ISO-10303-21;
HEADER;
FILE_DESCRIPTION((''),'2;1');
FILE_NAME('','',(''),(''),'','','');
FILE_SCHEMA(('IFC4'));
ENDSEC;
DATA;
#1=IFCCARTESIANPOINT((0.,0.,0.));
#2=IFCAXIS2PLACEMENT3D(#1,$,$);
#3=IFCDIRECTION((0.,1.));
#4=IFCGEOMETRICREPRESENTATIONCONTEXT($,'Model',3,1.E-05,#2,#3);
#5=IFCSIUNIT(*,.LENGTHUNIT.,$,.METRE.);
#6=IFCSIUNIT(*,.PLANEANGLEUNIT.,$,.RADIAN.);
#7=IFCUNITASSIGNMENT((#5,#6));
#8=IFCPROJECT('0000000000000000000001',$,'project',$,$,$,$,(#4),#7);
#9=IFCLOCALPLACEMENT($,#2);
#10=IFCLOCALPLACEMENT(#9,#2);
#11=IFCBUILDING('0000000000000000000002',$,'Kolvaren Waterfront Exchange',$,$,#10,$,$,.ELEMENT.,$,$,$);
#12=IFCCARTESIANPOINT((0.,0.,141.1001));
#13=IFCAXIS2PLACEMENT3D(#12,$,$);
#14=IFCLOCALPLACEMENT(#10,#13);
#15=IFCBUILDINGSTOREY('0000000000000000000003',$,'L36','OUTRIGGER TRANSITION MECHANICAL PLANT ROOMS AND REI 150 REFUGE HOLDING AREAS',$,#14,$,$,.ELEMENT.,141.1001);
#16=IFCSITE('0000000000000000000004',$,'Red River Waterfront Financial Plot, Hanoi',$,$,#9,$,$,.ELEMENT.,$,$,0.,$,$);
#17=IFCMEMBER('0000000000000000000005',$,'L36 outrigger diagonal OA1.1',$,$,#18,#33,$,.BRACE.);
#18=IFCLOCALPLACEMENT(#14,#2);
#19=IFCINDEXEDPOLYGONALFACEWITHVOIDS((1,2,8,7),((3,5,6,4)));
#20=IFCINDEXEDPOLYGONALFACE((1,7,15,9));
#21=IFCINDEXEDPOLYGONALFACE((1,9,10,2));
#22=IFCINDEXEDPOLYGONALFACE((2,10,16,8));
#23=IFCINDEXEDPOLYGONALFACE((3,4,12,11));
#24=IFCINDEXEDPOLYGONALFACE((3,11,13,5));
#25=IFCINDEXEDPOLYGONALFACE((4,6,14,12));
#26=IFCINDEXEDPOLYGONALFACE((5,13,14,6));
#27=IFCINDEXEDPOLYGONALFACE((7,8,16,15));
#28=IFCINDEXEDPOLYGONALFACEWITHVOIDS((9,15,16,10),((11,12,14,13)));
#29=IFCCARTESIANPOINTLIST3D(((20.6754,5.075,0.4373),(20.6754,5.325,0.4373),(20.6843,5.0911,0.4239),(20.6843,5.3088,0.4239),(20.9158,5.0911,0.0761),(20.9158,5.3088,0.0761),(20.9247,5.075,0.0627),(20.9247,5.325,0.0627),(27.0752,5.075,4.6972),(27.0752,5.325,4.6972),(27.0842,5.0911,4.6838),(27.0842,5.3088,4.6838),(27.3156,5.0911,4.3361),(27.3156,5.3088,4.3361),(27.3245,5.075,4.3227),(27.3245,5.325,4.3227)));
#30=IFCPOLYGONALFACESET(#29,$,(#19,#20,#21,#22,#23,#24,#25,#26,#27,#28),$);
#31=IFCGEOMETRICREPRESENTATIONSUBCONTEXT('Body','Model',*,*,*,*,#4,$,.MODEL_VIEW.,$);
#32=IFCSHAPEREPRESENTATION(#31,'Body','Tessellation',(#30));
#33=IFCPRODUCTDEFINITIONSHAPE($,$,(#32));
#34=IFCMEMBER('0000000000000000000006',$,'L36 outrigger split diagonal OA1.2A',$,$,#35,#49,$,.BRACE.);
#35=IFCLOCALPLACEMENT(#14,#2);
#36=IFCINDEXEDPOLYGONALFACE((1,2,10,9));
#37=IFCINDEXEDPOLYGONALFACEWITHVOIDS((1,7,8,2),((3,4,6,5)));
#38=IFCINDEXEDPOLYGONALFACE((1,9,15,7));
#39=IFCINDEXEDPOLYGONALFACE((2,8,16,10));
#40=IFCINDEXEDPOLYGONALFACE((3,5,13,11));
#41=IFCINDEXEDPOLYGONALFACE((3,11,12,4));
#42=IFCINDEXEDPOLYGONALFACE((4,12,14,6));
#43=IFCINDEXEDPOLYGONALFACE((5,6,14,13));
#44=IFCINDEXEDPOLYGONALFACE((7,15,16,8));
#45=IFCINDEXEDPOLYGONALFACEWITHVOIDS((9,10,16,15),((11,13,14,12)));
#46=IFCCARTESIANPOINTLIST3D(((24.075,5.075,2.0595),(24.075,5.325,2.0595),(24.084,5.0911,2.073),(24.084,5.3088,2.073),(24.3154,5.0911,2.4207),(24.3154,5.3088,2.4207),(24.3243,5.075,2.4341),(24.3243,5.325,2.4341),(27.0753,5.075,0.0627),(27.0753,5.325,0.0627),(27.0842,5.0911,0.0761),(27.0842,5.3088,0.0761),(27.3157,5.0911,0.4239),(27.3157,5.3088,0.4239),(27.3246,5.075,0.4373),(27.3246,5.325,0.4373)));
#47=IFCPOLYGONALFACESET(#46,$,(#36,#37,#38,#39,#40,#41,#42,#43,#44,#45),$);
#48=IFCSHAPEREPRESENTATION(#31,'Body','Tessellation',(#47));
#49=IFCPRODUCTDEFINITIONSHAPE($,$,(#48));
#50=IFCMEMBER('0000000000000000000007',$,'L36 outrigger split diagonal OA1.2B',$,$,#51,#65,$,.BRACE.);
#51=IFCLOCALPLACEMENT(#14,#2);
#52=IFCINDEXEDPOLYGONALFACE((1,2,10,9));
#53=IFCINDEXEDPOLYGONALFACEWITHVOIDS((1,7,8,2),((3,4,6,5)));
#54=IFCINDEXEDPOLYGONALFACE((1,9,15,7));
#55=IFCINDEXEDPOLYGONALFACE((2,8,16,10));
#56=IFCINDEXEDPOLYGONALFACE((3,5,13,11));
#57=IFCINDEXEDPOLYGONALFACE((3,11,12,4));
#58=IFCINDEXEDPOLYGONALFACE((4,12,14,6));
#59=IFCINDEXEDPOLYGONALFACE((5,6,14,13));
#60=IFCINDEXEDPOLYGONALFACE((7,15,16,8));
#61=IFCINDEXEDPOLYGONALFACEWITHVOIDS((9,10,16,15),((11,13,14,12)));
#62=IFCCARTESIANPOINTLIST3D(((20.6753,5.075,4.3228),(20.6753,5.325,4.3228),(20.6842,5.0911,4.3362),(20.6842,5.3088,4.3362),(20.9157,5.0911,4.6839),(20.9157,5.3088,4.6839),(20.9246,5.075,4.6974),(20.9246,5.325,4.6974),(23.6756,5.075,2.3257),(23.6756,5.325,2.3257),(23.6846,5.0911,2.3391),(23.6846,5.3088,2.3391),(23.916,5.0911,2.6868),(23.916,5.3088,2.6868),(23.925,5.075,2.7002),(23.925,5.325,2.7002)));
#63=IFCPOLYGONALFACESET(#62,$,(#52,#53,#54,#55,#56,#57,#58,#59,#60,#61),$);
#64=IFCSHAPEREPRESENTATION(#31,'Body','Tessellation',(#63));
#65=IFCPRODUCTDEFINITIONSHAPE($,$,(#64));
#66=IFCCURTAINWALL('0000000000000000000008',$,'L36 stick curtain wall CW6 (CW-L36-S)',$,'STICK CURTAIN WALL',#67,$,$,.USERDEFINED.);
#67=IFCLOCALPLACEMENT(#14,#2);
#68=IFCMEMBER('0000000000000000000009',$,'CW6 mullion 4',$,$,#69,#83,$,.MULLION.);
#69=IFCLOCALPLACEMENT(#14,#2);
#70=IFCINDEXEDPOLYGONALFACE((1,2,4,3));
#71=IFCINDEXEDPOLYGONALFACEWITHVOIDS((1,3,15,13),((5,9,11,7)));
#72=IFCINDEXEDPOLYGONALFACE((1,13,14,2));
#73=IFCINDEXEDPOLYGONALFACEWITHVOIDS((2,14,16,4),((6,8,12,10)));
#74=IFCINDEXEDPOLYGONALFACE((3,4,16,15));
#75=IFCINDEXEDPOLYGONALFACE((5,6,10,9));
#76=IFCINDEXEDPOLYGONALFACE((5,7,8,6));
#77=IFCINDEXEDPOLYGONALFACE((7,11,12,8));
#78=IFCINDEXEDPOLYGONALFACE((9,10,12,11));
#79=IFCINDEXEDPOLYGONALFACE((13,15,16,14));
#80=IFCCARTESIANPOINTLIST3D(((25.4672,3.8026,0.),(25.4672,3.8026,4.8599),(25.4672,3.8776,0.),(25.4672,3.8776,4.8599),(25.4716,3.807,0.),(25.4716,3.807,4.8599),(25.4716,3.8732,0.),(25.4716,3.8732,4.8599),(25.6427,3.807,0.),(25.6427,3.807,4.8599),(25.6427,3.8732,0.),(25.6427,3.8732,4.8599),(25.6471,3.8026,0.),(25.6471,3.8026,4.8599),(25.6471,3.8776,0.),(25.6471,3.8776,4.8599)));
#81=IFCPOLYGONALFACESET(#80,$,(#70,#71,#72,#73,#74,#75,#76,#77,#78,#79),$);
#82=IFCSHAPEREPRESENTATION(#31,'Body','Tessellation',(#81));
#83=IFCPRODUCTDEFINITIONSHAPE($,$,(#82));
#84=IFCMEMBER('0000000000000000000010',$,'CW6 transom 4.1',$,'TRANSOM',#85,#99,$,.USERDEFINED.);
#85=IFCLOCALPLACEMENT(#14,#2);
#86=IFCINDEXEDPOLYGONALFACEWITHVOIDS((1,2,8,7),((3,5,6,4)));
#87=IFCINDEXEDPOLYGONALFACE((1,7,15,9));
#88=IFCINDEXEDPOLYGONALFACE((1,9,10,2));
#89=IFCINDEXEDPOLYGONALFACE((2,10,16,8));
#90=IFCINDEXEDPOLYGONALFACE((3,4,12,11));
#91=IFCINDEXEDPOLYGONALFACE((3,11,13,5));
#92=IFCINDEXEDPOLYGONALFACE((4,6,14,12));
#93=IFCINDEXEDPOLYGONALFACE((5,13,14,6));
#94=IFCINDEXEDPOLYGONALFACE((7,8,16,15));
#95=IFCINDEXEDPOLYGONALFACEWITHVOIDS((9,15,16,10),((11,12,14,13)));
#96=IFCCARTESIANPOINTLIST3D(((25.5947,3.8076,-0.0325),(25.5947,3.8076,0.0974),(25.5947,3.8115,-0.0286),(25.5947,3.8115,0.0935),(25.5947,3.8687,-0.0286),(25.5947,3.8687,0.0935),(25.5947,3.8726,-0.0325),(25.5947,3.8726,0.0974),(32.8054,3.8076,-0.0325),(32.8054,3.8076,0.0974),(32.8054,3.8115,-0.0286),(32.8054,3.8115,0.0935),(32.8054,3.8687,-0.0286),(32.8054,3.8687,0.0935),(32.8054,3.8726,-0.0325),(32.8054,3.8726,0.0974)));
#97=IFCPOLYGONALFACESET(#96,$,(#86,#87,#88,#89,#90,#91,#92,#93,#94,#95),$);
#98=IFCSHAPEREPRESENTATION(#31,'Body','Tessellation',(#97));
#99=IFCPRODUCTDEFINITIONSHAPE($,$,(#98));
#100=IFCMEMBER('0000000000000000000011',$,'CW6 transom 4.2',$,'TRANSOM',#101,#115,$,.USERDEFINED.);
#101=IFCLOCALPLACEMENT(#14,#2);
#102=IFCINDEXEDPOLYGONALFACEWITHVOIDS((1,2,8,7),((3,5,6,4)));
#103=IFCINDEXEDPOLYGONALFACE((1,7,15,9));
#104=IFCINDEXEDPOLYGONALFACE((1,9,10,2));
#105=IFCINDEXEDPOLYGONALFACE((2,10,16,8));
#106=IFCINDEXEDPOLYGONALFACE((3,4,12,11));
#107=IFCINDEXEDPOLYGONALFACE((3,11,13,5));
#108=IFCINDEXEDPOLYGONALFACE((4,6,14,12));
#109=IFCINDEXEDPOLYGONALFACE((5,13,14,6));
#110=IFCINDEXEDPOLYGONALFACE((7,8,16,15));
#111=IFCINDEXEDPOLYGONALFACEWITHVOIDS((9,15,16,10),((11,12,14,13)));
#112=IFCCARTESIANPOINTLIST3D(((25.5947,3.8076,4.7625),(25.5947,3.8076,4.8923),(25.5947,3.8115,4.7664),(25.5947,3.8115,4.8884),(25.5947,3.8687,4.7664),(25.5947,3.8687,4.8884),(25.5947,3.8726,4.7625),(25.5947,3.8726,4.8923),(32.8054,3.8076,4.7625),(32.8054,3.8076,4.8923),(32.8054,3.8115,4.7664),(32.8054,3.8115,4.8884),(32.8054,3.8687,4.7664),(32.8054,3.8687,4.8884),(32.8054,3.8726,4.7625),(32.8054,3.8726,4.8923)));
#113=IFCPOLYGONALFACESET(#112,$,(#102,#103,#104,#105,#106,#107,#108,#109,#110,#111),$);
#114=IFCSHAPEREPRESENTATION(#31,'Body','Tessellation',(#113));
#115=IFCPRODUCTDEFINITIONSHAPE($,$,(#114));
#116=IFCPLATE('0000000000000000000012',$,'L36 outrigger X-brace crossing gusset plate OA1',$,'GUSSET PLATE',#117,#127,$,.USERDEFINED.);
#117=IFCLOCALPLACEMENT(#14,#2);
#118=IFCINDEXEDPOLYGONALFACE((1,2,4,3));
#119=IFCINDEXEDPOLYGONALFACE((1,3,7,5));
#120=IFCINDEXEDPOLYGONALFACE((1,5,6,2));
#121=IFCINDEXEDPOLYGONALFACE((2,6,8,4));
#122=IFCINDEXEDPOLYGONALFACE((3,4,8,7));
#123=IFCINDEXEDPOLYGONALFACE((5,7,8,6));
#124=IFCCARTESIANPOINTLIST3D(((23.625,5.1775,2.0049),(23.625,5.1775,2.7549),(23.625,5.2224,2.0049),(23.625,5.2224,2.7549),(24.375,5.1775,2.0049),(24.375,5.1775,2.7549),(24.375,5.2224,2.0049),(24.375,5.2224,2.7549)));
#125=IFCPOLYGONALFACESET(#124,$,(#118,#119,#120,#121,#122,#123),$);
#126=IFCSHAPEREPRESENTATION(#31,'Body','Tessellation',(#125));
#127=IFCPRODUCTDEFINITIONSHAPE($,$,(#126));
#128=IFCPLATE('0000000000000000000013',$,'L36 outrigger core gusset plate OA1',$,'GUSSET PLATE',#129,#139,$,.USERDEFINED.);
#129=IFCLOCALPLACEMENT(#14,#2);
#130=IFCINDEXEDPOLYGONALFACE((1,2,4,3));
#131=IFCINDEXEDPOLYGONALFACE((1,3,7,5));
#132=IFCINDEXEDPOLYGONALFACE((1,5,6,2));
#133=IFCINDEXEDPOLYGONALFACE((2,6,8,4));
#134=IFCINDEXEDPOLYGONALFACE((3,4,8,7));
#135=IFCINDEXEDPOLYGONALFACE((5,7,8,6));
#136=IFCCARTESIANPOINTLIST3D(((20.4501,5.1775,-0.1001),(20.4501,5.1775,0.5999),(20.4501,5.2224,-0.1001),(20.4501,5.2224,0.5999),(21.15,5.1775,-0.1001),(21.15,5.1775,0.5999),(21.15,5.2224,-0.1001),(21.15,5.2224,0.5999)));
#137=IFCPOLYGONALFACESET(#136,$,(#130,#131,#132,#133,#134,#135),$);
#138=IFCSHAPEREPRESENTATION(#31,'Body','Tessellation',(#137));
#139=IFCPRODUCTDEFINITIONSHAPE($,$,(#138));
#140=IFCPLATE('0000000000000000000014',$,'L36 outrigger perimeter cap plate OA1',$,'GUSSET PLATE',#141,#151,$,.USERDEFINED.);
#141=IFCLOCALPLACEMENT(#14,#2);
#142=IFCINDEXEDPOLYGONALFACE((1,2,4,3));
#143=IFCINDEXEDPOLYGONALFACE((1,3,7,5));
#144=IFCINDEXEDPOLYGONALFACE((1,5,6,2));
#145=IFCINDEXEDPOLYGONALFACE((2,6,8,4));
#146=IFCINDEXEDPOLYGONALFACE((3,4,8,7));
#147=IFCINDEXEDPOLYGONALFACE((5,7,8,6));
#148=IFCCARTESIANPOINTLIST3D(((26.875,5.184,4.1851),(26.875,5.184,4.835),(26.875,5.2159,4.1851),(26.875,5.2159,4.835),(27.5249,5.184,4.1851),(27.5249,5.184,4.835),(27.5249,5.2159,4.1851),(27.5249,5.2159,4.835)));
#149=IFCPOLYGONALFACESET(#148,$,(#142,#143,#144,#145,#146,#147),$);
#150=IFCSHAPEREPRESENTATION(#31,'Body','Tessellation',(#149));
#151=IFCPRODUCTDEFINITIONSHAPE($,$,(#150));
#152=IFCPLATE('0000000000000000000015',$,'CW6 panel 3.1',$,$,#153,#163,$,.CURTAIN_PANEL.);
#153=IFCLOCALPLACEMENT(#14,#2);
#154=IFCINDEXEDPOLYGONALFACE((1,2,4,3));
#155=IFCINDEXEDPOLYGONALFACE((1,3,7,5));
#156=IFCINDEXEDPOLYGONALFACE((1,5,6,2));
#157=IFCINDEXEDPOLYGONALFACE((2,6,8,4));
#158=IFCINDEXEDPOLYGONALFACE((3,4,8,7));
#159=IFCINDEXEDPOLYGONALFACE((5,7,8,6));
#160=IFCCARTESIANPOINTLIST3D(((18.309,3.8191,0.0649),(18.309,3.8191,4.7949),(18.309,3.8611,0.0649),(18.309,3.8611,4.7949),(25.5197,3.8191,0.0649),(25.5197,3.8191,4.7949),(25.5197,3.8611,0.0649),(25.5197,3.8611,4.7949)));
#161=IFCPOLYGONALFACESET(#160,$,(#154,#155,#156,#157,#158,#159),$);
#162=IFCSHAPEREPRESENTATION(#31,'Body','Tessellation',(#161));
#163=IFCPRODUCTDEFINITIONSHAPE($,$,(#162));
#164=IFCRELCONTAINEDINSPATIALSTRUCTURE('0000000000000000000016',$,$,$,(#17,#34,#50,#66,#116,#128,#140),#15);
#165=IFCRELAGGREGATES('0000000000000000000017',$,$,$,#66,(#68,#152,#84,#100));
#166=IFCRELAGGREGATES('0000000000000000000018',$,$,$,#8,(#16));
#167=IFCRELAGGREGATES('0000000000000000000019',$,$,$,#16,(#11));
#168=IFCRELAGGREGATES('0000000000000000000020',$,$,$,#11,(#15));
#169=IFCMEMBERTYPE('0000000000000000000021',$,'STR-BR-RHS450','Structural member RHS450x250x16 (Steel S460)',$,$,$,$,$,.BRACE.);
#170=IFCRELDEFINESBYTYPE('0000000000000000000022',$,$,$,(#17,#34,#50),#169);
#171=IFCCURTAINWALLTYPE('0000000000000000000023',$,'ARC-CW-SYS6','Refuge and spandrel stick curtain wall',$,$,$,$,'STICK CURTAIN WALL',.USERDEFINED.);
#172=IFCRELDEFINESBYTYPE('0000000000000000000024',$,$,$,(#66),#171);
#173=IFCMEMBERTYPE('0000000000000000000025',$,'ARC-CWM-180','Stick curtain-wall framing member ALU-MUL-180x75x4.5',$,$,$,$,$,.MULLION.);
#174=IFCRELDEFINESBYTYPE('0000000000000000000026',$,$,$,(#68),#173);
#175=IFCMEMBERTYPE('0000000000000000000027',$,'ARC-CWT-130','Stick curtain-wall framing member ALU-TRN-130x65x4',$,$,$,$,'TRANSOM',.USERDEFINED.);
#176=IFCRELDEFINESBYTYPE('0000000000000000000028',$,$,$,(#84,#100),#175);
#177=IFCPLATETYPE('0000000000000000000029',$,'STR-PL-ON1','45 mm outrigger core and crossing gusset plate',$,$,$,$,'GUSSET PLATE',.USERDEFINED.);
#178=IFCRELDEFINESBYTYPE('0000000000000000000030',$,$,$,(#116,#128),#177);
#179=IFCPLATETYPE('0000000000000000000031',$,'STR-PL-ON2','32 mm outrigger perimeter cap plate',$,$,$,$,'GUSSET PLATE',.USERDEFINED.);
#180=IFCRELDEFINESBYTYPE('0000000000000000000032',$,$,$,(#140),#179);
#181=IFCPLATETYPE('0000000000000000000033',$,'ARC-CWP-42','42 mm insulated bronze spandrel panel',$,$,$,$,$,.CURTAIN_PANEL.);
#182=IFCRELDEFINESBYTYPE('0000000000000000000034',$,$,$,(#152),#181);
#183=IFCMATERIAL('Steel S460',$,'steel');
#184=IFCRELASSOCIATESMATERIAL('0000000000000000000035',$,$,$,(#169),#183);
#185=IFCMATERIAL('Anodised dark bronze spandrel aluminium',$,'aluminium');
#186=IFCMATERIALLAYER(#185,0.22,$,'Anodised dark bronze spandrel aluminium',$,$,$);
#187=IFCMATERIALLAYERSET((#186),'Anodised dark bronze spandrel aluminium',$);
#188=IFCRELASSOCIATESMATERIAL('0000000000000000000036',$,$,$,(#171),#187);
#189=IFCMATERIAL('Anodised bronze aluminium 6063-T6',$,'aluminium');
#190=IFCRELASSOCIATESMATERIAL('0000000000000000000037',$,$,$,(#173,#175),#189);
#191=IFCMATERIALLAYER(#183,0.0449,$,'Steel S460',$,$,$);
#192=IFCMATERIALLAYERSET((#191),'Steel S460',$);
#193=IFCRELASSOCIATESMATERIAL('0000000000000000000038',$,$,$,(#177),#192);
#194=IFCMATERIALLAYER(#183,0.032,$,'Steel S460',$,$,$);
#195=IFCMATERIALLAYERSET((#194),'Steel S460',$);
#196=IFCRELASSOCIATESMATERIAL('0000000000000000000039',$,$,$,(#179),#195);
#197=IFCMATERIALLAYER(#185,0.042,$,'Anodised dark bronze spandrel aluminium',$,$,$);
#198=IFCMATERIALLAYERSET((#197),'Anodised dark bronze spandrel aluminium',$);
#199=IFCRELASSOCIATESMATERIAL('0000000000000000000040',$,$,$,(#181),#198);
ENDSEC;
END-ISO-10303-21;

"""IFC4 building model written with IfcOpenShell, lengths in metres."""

from ifc_helpers import new_model, si_unit, direction, frame, origin, origin_with_axes, origin_2d, place, context, subcontext, project, spatial, rectangle, hollow_rectangle, extrude, source, transform, mapped, material, layer, layer_set, material_profile, profile_set, type_object, element, aggregate, save


model = new_model("IFC4")

# Units and contexts
model_context = context("Model", 3, precision=1e-05, world=origin(), true_north=direction((0.0, 1.0)))
body_context = subcontext(model_context, "Body", "Model", "MODEL_VIEW")
ifc_project = project(units=[si_unit("LENGTHUNIT", "METRE"), si_unit("PLANEANGLEUNIT", "RADIAN")], contexts=[model_context])

# Site, building, storey
site_placement = place(None, origin())
site = spatial("IfcSite", under=ifc_project, at=site_placement, Name="Red River Waterfront Financial Plot, Hanoi", CompositionType="ELEMENT", RefElevation=0.0)
building_placement = place(site_placement, origin())
building = spatial("IfcBuilding", under=site, at=building_placement, Name="Kolvaren Waterfront Exchange", CompositionType="ELEMENT")
storey_placement = place(building_placement, frame((0.0, 0.0, 141.1001)))
storey = spatial("IfcBuildingStorey", under=building, at=storey_placement, Name="L36", Description="OUTRIGGER TRANSITION MECHANICAL PLANT ROOMS AND REI 150 REFUGE HOLDING AREAS", CompositionType="ELEMENT", Elevation=141.1001)

# Members
ifc_material_1 = material(Name="Steel S460", Category="steel")
ifc_material_profile_1 = material_profile(ifc_material_1, hollow_rectangle(XDim=0.25, YDim=0.45, WallThickness=0.0161, at=origin_2d()), Name="RHS450x250x16")
ifc_profile_set_1 = profile_set([ifc_material_profile_1], Name="Steel S460")
member_type_1 = type_object("IfcMemberType", Name="STR-BR-RHS450", Description="Structural member RHS450x250x16 (Steel S460)", PredefinedType="BRACE", material=ifc_profile_set_1)
member_1_placement = place(storey_placement, frame((20.8, 5.2, 0.25), z_axis=(0.832446, 0.0, 0.554106), x_axis=(0.0, 1.0, 0.0)))
element("IfcMember", 1, at=member_1_placement, inside=storey, type_object=member_type_1, Name="L36 outrigger diagonal OA1.1", PredefinedType="BRACE", context=body_context, shape_type="SweptSolid", body=[
    extrude(hollow_rectangle(XDim=0.25, YDim=0.45, WallThickness=0.0161, at=origin_2d()), origin(), (0.0, 0.0, 1.0), 7.688),
])
member_2_placement = place(storey_placement, frame((27.2, 5.2, 0.25), z_axis=(-0.832477, 0.0, 0.554059), x_axis=(0.0, -1.0, 0.0)))
element("IfcMember", 2, at=member_2_placement, inside=storey, type_object=member_type_1, Name="L36 outrigger split diagonal OA1.2A", PredefinedType="BRACE", context=body_context, shape_type="SweptSolid", body=[
    extrude(hollow_rectangle(XDim=0.25, YDim=0.45, WallThickness=0.0161, at=origin_2d()), origin(), (0.0, 0.0, 1.0), 3.604),
])
member_3_placement = place(storey_placement, frame((23.8003, 5.2, 2.5129), z_axis=(-0.832446, 0.0, 0.554106), x_axis=(0.0, -1.0, 0.0)))
element("IfcMember", 3, at=member_3_placement, inside=storey, type_object=member_type_1, Name="L36 outrigger split diagonal OA1.2B", PredefinedType="BRACE", context=body_context, shape_type="SweptSolid", body=[
    extrude(hollow_rectangle(XDim=0.25, YDim=0.45, WallThickness=0.0161, at=origin_2d()), origin(), (0.0, 0.0, 1.0), 3.6042),
])

# Curtain wall, members
ifc_material_2 = material(Name="Anodised dark bronze spandrel aluminium", Category="aluminium")
ifc_layer_1 = layer(ifc_material_2, 0.22, Name="Anodised dark bronze spandrel aluminium")
ifc_layer_set_1 = layer_set([ifc_layer_1], Name="Anodised dark bronze spandrel aluminium")
curtain_wall_type = type_object("IfcCurtainWallType", Name="ARC-CW-SYS6", Description="Refuge and spandrel stick curtain wall", ElementType="STICK CURTAIN WALL", PredefinedType="USERDEFINED", material=ifc_layer_set_1)
curtain_wall_placement = place(storey_placement, origin())
curtain_wall = element("IfcCurtainWall", 4, at=curtain_wall_placement, inside=storey, type_object=curtain_wall_type, Name="L36 stick curtain wall CW6 (CW-L36-S)", ObjectType="STICK CURTAIN WALL", PredefinedType="USERDEFINED")
ifc_material_3 = material(Name="Anodised bronze aluminium 6063-T6", Category="aluminium")
ifc_material_profile_2 = material_profile(ifc_material_3, hollow_rectangle(XDim=0.075, YDim=0.1799, WallThickness=0.0044, at=origin_2d()), Name="ALU-MUL-180x75x4.5")
ifc_profile_set_2 = profile_set([ifc_material_profile_2], Name="Anodised bronze aluminium 6063-T6")
member_type_2 = type_object("IfcMemberType", Name="ARC-CWM-180", Description="Stick curtain-wall framing member ALU-MUL-180x75x4.5", PredefinedType="MULLION", material=ifc_profile_set_2)
shared_shape_1 = source(origin_with_axes(), body_context, "Body", "SweptSolid", [
    extrude(hollow_rectangle(XDim=0.075, YDim=0.1799, WallThickness=0.0044, at=origin_2d()), origin(), (0.0, 0.0, 1.0), 4.8599),
])
member_4_placement = place(storey_placement, frame((25.5571, 3.8401, 0.0), z_axis=(0.0, 0.0, 1.0), x_axis=(0.0, 1.0, 0.0)))
member_4 = element("IfcMember", 5, at=member_4_placement, type_object=member_type_2, Name="CW6 mullion 4", PredefinedType="MULLION", context=body_context, shape_type="MappedRepresentation", body=[
    mapped(shared_shape_1, transform((0.0, 0.0, 0.0), x_axis=(1.0, 0.0, 0.0), y_axis=(0.0, 1.0, 0.0), z_axis=(0.0, 0.0, 1.0), scale=1.0)),
])
ifc_material_profile_3 = material_profile(ifc_material_3, hollow_rectangle(XDim=0.0649, YDim=0.1299, WallThickness=0.0039, at=origin_2d()), Name="ALU-TRN-130x65x4")
ifc_profile_set_3 = profile_set([ifc_material_profile_3], Name="Anodised bronze aluminium 6063-T6")
member_type_3 = type_object("IfcMemberType", Name="ARC-CWT-130", Description="Stick curtain-wall framing member ALU-TRN-130x65x4", ElementType="TRANSOM", PredefinedType="USERDEFINED", material=ifc_profile_set_3)
shared_shape_2 = source(origin_with_axes(), body_context, "Body", "SweptSolid", [
    extrude(hollow_rectangle(XDim=0.0649, YDim=0.1299, WallThickness=0.0039, at=origin_2d()), origin(), (0.0, 0.0, 1.0), 7.2107),
])
member_5_placement = place(storey_placement, frame((25.5947, 3.8401, 0.0325), z_axis=(1.0, 0.0, 0.0), x_axis=(0.0, 1.0, 0.0)))
member_5 = element("IfcMember", 6, at=member_5_placement, type_object=member_type_3, Name="CW6 transom 4.1", ObjectType="TRANSOM", PredefinedType="USERDEFINED", context=body_context, shape_type="MappedRepresentation", body=[
    mapped(shared_shape_2, transform((0.0, 0.0, 0.0), x_axis=(1.0, 0.0, 0.0), y_axis=(0.0, 1.0, 0.0), z_axis=(0.0, 0.0, 1.0), scale=1.0)),
])
member_6_placement = place(storey_placement, frame((25.5947, 3.8401, 4.8274), z_axis=(1.0, 0.0, 0.0), x_axis=(0.0, 1.0, 0.0)))
member_6 = element("IfcMember", 7, at=member_6_placement, type_object=member_type_3, Name="CW6 transom 4.2", ObjectType="TRANSOM", PredefinedType="USERDEFINED", context=body_context, shape_type="MappedRepresentation", body=[
    mapped(shared_shape_2, transform((0.0, 0.0, 0.0), x_axis=(1.0, 0.0, 0.0), y_axis=(0.0, 1.0, 0.0), z_axis=(0.0, 0.0, 1.0), scale=1.0)),
])

# Plates
ifc_layer_2 = layer(ifc_material_1, 0.0449, Name="Steel S460")
ifc_layer_set_2 = layer_set([ifc_layer_2], Name="Steel S460")
plate_type_1 = type_object("IfcPlateType", Name="STR-PL-ON1", Description="45 mm outrigger core and crossing gusset plate", ElementType="GUSSET PLATE", PredefinedType="USERDEFINED", material=ifc_layer_set_2)
shared_shape_3 = source(origin_with_axes(), body_context, "Body", "SweptSolid", [
    extrude(rectangle(XDim=0.75, YDim=0.0449, at=origin_2d()), origin(), (0.0, 0.0, 1.0), 0.75),
])
plate_1_placement = place(storey_placement, frame((24.0, 5.2, 2.0049), z_axis=(0.0, 0.0, 1.0), x_axis=(1.0, 0.0, 0.0)))
element("IfcPlate", 8, at=plate_1_placement, inside=storey, type_object=plate_type_1, Name="L36 outrigger X-brace crossing gusset plate OA1", ObjectType="GUSSET PLATE", PredefinedType="USERDEFINED", context=body_context, shape_type="MappedRepresentation", body=[
    mapped(shared_shape_3, transform((0.0, 0.0, 0.0), x_axis=(1.0, 0.0, 0.0), y_axis=(0.0, 1.0, 0.0), z_axis=(0.0, 0.0, 1.0), scale=1.0)),
])
shared_shape_4 = source(origin_with_axes(), body_context, "Body", "SweptSolid", [
    extrude(rectangle(XDim=0.7, YDim=0.0449, at=origin_2d()), origin(), (0.0, 0.0, 1.0), 0.7),
])
plate_2_placement = place(storey_placement, frame((20.8, 5.2, -0.1001), z_axis=(0.0, 0.0, 1.0), x_axis=(1.0, 0.0, 0.0)))
element("IfcPlate", 9, at=plate_2_placement, inside=storey, type_object=plate_type_1, Name="L36 outrigger core gusset plate OA1", ObjectType="GUSSET PLATE", PredefinedType="USERDEFINED", context=body_context, shape_type="MappedRepresentation", body=[
    mapped(shared_shape_4, transform((0.0, 0.0, 0.0), x_axis=(1.0, 0.0, 0.0), y_axis=(0.0, 1.0, 0.0), z_axis=(0.0, 0.0, 1.0), scale=1.0)),
])
ifc_layer_3 = layer(ifc_material_1, 0.032, Name="Steel S460")
ifc_layer_set_3 = layer_set([ifc_layer_3], Name="Steel S460")
plate_type_2 = type_object("IfcPlateType", Name="STR-PL-ON2", Description="32 mm outrigger perimeter cap plate", ElementType="GUSSET PLATE", PredefinedType="USERDEFINED", material=ifc_layer_set_3)
shared_shape_5 = source(origin_with_axes(), body_context, "Body", "SweptSolid", [
    extrude(rectangle(XDim=0.6499, YDim=0.032, at=origin_2d()), origin(), (0.0, 0.0, 1.0), 0.6499),
])
plate_3_placement = place(storey_placement, frame((27.2, 5.2, 4.1851), z_axis=(0.0, 0.0, 1.0), x_axis=(1.0, 0.0, 0.0)))
element("IfcPlate", 10, at=plate_3_placement, inside=storey, type_object=plate_type_2, Name="L36 outrigger perimeter cap plate OA1", ObjectType="GUSSET PLATE", PredefinedType="USERDEFINED", context=body_context, shape_type="MappedRepresentation", body=[
    mapped(shared_shape_5, transform((0.0, 0.0, 0.0), x_axis=(1.0, 0.0, 0.0), y_axis=(0.0, 1.0, 0.0), z_axis=(0.0, 0.0, 1.0), scale=1.0)),
])

# Plate
ifc_layer_4 = layer(ifc_material_2, 0.042, Name="Anodised dark bronze spandrel aluminium")
ifc_layer_set_4 = layer_set([ifc_layer_4], Name="Anodised dark bronze spandrel aluminium")
plate_type_3 = type_object("IfcPlateType", Name="ARC-CWP-42", Description="42 mm insulated bronze spandrel panel", PredefinedType="CURTAIN_PANEL", material=ifc_layer_set_4)
shared_shape_6 = source(origin_with_axes(), body_context, "Body", "SweptSolid", [
    extrude(rectangle(XDim=7.2107, YDim=0.042, at=origin_2d()), origin(), (0.0, 0.0, 1.0), 4.73),
])
plate_4_placement = place(storey_placement, frame((21.9143, 3.8401, 0.0649), z_axis=(0.0, 0.0, 1.0), x_axis=(1.0, 0.0, 0.0)))
plate_4 = element("IfcPlate", 11, at=plate_4_placement, type_object=plate_type_3, Name="CW6 panel 3.1", PredefinedType="CURTAIN_PANEL", context=body_context, shape_type="MappedRepresentation", body=[
    mapped(shared_shape_6, transform((0.0, 0.0, 0.0), x_axis=(1.0, 0.0, 0.0), y_axis=(0.0, 1.0, 0.0), z_axis=(0.0, 0.0, 1.0), scale=1.0)),
])
aggregate(curtain_wall, [member_4, plate_4, member_5, member_6])

save(model, "model.ifc")
